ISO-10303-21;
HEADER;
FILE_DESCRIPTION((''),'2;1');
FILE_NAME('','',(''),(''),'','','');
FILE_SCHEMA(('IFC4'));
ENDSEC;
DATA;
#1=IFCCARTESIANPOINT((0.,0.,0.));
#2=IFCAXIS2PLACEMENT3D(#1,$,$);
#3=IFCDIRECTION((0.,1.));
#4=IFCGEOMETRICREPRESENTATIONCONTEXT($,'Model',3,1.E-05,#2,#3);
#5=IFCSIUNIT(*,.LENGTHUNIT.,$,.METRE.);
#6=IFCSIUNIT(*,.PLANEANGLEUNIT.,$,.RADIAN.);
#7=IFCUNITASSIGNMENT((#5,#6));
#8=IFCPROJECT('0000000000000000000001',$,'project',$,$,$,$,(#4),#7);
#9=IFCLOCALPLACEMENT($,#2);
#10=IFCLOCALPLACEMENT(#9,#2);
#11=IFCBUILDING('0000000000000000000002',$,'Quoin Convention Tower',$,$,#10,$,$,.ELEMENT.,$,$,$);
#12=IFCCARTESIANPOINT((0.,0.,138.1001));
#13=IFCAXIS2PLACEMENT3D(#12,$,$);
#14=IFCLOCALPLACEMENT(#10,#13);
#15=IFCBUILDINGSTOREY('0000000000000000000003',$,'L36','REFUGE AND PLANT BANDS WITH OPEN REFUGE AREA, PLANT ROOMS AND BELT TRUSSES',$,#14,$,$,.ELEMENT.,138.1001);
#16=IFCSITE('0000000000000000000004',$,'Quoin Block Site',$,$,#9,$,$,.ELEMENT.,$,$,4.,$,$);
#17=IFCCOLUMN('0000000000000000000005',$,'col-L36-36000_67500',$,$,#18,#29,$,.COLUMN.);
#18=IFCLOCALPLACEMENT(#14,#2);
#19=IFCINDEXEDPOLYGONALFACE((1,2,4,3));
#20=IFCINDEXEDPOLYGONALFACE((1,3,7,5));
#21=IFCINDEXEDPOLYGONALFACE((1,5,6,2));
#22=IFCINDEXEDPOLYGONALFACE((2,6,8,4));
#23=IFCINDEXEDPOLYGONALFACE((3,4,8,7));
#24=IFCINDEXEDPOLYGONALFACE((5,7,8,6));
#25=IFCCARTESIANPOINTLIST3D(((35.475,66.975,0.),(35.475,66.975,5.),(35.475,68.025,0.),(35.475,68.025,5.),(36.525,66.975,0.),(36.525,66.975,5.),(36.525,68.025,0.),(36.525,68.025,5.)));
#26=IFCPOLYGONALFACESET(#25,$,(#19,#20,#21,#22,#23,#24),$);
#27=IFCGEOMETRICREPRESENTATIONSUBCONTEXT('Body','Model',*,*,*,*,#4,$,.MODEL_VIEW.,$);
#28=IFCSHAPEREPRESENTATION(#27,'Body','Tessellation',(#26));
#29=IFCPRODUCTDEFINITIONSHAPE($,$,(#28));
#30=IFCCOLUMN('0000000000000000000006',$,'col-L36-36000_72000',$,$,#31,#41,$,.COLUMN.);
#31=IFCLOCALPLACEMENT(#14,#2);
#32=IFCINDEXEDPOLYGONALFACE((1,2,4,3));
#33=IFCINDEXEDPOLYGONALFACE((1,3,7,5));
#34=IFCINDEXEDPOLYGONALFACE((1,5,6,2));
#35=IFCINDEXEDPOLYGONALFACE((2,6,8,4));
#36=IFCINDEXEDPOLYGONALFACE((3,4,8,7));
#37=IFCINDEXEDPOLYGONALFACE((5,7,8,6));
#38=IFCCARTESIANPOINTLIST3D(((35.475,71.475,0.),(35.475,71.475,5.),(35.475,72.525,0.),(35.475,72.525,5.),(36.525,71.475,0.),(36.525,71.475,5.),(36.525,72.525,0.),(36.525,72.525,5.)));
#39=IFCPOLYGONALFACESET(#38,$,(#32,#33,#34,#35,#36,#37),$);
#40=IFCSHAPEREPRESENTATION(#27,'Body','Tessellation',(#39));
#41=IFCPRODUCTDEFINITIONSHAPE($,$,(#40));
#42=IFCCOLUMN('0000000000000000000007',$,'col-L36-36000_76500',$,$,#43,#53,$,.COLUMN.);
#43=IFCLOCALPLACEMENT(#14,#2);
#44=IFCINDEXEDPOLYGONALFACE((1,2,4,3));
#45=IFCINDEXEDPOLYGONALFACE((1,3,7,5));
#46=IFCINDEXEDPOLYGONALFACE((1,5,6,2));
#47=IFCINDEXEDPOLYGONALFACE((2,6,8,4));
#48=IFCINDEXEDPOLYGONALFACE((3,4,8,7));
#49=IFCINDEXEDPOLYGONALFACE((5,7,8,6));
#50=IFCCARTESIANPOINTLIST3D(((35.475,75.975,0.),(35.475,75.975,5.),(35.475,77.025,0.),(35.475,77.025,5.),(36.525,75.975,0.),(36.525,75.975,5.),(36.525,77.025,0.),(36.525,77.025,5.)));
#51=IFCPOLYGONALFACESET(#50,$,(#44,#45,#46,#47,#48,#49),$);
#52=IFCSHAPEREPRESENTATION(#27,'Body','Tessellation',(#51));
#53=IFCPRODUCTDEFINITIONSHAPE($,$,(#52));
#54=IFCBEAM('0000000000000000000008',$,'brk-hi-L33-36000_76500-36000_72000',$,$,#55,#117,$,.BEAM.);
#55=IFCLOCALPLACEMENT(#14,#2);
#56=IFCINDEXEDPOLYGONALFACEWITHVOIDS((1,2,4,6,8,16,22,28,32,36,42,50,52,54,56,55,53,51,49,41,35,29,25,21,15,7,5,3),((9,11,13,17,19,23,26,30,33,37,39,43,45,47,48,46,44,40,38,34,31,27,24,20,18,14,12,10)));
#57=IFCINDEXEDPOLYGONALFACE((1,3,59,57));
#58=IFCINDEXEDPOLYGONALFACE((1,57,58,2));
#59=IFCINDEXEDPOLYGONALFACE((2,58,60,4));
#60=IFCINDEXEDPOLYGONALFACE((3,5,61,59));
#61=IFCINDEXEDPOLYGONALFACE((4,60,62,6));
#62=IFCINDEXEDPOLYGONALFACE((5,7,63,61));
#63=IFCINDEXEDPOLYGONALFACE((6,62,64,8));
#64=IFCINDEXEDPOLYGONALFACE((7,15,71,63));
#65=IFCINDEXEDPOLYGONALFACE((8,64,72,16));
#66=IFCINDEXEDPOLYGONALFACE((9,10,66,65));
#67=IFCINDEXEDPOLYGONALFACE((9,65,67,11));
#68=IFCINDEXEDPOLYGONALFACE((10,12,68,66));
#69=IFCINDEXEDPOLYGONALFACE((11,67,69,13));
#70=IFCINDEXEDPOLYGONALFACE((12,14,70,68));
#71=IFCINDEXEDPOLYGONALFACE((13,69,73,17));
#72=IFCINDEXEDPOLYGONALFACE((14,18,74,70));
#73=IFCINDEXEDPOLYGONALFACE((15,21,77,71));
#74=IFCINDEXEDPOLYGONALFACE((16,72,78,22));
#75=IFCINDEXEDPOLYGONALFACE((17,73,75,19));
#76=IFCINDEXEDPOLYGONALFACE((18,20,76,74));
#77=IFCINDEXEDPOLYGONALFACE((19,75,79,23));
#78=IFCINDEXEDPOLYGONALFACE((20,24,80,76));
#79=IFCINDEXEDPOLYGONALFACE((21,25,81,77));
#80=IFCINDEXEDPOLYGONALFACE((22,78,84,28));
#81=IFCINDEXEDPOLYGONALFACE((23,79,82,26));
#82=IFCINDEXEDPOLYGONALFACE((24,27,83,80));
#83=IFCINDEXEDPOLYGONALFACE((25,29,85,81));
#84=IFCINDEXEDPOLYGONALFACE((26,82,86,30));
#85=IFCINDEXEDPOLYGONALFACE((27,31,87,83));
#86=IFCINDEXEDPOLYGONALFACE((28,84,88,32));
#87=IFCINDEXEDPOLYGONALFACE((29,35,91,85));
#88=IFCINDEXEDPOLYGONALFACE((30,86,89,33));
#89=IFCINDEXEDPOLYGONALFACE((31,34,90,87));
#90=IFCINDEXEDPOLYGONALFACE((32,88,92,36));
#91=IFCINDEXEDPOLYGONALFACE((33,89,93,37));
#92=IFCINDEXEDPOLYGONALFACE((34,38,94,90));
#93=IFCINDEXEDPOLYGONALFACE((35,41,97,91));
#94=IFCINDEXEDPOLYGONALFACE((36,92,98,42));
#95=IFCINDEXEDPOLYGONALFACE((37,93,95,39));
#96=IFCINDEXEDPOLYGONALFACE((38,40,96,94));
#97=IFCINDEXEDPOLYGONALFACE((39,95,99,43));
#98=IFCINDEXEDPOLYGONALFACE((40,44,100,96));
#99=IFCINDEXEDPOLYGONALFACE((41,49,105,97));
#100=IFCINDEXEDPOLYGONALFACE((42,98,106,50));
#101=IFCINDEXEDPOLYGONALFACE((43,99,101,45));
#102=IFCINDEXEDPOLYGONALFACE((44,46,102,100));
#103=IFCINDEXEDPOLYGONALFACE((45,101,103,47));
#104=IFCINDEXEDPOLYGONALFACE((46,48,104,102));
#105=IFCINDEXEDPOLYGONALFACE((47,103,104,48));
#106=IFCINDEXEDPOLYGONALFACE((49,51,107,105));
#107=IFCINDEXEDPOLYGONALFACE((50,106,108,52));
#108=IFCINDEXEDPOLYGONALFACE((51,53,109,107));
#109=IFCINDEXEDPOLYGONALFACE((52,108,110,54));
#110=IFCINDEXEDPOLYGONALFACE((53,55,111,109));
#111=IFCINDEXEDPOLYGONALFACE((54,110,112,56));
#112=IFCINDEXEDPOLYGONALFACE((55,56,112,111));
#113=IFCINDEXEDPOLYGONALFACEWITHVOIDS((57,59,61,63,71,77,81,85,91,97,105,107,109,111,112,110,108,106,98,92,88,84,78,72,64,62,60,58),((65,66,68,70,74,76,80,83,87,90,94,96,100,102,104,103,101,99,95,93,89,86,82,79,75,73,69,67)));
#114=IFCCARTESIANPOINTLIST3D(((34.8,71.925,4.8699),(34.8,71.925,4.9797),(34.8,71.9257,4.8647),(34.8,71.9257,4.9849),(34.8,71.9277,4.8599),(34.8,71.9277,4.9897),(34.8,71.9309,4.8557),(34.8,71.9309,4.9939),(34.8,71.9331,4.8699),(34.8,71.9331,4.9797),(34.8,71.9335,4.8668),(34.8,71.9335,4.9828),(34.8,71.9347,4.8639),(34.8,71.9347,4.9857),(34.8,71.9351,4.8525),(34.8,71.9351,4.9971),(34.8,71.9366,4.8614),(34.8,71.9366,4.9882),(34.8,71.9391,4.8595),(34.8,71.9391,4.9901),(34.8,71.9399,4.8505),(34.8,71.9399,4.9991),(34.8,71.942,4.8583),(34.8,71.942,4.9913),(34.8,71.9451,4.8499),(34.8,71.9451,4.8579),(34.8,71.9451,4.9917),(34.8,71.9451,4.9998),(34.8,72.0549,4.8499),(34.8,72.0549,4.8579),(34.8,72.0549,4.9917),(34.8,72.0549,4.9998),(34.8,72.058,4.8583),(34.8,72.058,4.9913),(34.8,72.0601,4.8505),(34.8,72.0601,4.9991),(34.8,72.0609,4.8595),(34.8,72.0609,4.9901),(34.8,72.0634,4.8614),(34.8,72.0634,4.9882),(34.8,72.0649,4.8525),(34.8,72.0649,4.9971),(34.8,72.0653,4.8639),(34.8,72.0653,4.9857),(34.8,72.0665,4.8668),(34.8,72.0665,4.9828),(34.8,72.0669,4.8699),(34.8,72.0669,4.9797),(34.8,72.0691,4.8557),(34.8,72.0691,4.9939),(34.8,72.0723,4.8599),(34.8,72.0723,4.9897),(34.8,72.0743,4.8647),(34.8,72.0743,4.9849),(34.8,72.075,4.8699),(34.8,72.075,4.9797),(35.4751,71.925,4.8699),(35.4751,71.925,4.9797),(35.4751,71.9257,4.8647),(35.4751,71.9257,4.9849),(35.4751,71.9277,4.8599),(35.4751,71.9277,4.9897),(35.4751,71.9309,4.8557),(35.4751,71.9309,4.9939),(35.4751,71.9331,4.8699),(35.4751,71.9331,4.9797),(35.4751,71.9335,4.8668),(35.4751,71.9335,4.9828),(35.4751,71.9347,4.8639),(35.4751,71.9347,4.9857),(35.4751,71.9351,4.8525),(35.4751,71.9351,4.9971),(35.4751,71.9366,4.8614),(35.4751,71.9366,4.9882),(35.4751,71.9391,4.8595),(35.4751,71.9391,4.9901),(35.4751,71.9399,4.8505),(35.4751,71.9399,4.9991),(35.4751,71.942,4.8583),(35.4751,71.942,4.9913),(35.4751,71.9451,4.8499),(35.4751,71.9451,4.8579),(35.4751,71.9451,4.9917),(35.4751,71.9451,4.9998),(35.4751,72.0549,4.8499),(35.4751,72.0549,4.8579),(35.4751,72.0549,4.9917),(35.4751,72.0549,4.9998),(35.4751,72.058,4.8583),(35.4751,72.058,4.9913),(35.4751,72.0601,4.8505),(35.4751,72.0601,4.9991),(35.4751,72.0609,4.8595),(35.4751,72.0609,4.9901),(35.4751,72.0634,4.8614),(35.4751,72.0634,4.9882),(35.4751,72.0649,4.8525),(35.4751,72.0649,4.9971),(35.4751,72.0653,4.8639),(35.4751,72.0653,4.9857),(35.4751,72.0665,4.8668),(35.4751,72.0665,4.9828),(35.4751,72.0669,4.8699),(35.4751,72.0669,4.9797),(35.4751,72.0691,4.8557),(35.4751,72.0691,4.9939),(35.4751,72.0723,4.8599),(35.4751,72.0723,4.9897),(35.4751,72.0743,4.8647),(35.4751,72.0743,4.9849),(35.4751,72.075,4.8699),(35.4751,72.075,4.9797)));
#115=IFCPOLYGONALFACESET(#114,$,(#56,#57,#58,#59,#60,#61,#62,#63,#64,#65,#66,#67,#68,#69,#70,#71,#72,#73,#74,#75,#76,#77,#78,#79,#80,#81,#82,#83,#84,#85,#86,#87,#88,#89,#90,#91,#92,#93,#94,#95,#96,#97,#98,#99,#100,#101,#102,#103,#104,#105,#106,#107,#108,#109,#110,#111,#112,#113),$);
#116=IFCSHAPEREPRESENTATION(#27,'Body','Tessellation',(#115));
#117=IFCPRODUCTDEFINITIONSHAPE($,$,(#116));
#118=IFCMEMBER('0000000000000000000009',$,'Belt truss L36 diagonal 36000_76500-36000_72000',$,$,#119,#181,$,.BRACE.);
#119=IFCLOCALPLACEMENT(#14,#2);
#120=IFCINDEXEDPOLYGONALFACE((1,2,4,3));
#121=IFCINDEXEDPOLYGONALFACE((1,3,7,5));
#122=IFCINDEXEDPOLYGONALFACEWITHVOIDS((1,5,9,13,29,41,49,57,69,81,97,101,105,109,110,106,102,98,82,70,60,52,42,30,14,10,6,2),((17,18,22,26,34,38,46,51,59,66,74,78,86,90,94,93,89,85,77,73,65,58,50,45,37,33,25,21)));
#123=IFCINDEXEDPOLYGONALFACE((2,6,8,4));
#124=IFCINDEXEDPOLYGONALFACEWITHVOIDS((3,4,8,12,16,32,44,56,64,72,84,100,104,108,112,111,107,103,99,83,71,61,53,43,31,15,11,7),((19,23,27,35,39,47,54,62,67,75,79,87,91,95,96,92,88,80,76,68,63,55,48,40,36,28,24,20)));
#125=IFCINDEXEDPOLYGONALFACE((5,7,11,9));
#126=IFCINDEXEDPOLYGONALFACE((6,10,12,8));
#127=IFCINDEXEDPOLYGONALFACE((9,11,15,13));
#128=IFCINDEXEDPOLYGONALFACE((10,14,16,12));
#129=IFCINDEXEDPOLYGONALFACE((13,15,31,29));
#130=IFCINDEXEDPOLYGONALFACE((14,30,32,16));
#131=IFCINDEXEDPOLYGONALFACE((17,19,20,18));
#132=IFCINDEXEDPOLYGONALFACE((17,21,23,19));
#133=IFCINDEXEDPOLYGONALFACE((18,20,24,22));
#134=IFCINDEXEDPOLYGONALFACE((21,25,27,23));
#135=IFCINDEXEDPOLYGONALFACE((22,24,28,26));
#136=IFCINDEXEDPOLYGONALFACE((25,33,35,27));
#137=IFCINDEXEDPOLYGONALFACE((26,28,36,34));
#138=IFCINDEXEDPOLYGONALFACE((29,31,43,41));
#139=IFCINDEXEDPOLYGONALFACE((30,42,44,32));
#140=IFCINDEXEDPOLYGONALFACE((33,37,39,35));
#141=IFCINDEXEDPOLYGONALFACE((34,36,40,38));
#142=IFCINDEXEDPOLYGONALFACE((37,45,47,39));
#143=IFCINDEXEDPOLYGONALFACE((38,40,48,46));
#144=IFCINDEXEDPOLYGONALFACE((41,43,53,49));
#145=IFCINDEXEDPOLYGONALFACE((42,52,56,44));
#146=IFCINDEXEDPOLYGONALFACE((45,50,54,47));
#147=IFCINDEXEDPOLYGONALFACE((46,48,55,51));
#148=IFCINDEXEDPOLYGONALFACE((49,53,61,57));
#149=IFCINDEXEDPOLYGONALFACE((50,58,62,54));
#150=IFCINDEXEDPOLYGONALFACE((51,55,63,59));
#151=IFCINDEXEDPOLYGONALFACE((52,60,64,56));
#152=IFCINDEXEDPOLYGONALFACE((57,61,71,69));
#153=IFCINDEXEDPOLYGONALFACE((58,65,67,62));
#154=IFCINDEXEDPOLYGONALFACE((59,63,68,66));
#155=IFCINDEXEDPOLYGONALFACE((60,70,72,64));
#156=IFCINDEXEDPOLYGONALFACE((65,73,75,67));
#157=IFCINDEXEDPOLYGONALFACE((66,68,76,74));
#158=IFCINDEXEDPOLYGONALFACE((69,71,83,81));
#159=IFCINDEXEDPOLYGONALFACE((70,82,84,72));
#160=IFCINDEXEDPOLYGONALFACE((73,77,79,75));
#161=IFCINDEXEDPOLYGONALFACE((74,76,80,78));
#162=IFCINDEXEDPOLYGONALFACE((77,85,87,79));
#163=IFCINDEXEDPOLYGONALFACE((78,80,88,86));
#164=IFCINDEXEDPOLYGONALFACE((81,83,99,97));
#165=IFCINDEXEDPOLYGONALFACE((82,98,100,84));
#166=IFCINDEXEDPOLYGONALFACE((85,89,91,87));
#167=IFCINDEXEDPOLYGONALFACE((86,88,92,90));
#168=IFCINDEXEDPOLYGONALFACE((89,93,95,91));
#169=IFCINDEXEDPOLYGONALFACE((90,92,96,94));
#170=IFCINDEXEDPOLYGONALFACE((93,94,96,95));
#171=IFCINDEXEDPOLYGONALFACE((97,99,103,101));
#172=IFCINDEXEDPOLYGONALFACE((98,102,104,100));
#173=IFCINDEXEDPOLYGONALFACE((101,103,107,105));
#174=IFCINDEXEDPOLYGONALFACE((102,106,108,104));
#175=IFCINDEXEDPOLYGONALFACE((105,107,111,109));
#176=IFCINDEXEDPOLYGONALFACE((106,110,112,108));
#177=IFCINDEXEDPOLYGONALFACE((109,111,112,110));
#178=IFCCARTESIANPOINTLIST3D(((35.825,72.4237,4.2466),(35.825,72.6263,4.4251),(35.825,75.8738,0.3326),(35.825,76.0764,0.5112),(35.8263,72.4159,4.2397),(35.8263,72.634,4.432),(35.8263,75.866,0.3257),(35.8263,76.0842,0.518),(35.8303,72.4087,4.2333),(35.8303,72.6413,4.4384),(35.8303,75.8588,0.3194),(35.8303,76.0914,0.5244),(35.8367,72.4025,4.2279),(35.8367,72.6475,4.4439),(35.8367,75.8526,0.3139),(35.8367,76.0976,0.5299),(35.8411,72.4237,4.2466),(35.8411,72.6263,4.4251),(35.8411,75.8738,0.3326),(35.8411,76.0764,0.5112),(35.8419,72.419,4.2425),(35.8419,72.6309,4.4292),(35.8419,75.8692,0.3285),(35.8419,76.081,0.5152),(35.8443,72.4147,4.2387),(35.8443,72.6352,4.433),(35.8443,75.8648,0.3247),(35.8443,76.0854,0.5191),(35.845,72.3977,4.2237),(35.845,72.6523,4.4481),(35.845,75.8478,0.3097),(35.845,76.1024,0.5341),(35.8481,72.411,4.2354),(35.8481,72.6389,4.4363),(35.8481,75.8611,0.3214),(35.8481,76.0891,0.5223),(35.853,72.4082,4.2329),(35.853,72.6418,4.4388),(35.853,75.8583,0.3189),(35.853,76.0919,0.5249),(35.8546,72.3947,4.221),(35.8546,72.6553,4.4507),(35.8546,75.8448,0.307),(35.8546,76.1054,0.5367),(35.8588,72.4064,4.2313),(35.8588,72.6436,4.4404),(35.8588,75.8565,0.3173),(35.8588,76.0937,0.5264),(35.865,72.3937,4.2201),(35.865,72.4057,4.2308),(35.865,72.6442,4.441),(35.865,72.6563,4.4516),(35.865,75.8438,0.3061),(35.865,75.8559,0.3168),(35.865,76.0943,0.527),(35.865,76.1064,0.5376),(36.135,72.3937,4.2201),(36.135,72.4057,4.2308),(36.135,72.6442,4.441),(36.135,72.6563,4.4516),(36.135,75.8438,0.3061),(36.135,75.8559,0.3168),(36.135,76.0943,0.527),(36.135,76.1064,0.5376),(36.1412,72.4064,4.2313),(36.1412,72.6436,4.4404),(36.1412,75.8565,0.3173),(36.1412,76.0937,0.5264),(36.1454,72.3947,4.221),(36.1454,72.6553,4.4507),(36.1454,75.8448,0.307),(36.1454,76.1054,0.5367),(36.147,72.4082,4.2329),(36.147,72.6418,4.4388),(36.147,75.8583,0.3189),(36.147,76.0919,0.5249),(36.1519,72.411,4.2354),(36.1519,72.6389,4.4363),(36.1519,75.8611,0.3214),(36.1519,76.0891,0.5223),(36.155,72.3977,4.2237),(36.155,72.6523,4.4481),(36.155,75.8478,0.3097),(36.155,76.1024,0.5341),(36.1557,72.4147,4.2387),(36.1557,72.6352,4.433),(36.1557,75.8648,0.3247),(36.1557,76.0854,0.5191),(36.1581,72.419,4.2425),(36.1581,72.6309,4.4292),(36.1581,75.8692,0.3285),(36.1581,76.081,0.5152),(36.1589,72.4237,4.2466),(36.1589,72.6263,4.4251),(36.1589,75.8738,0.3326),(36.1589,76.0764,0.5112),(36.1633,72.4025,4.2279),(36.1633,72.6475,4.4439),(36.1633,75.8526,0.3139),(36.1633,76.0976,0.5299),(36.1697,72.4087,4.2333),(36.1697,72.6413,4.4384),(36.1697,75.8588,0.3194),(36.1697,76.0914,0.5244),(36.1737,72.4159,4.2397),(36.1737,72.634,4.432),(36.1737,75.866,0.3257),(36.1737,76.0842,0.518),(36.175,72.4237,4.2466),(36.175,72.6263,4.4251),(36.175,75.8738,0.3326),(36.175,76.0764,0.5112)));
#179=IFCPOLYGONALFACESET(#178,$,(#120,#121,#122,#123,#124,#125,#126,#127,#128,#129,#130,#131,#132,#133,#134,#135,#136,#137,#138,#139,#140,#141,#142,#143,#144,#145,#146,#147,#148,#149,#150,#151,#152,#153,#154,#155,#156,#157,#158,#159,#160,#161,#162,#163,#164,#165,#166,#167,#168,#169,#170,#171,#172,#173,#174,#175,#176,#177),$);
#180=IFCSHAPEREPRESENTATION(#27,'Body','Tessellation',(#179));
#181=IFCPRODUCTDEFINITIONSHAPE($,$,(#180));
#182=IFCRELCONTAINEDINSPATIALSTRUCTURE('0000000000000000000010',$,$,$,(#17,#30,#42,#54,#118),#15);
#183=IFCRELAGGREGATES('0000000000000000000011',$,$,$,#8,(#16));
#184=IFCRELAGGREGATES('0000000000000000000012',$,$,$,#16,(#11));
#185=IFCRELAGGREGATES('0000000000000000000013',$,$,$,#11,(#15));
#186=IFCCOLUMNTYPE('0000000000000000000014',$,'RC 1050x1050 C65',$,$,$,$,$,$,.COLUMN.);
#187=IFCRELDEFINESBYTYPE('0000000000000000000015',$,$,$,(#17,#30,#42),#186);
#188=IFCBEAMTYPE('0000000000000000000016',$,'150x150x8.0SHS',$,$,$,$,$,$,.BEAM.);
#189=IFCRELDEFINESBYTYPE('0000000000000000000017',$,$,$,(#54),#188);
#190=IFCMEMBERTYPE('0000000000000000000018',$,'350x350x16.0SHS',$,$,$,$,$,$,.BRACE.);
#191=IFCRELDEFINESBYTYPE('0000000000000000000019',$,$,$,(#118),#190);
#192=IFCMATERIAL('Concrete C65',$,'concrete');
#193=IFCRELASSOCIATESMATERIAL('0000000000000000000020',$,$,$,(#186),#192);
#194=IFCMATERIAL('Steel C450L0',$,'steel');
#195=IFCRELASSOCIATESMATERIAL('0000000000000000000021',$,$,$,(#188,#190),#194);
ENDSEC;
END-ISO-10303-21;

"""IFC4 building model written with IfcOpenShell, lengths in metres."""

from ifc_helpers import new_model, si_unit, direction, frame, origin, origin_2d, place, context, subcontext, project, spatial, rectangle, hollow_rectangle, extrude, material, material_profile, profile_set, type_object, element, save


model = new_model("IFC4")

# Units and contexts
model_context = context("Model", 3, precision=1e-05, world=origin(), true_north=direction((0.0, 1.0)))
body_context = subcontext(model_context, "Body", "Model", "MODEL_VIEW")
ifc_project = project(units=[si_unit("LENGTHUNIT", "METRE"), si_unit("PLANEANGLEUNIT", "RADIAN")], contexts=[model_context])

# Site, building, storey
site_placement = place(None, origin())
site = spatial("IfcSite", under=ifc_project, at=site_placement, Name="Quoin Block Site", CompositionType="ELEMENT", RefElevation=4.0)
building_placement = place(site_placement, origin())
building = spatial("IfcBuilding", under=site, at=building_placement, Name="Quoin Convention Tower", CompositionType="ELEMENT")
storey_placement = place(building_placement, frame((0.0, 0.0, 138.1001)))
storey = spatial("IfcBuildingStorey", under=building, at=storey_placement, Name="L36", Description="REFUGE AND PLANT BANDS WITH OPEN REFUGE AREA, PLANT ROOMS AND BELT TRUSSES", CompositionType="ELEMENT", Elevation=138.1001)

# Columns
ifc_material_1 = material(Name="Concrete C65", Category="concrete")
ifc_material_profile_1 = material_profile(ifc_material_1, rectangle(XDim=1.05, YDim=1.05, at=origin_2d()), Name="RC 1050x1050")
ifc_profile_set_1 = profile_set([ifc_material_profile_1], Name="Concrete C65")
column_type = type_object("IfcColumnType", Name="RC 1050x1050 C65", PredefinedType="COLUMN", material=ifc_profile_set_1)
for number, where, z_axis, x_axis, name in (
    (1, (36.0, 67.5, 0.0), (0.0, 0.0, 1.0), (1.0, 0.0, 0.0), "col-L36-36000_67500"),
    (2, (36.0, 72.0, 0.0), (0.0, 0.0, 1.0), (1.0, 0.0, 0.0), "col-L36-36000_72000"),
    (3, (36.0, 76.5, 0.0), (0.0, 0.0, 1.0), (1.0, 0.0, 0.0), "col-L36-36000_76500"),
):
    element("IfcColumn", number, at=place(storey_placement, frame(where, z_axis=z_axis, x_axis=x_axis)), inside=storey, type_object=column_type, Name=name, PredefinedType="COLUMN", context=body_context, shape_type="SweptSolid", body=[
        extrude(rectangle(XDim=1.05, YDim=1.05, at=origin_2d()), origin(), (0.0, 0.0, 1.0), 5.0),
    ])

# Beam
ifc_material_2 = material(Name="Steel C450L0", Category="steel")
ifc_material_profile_2 = material_profile(ifc_material_2, hollow_rectangle(XDim=0.1499, YDim=0.1499, WallThickness=0.0081, InnerFilletRadius=0.012, OuterFilletRadius=0.02, at=origin_2d()), Name="150x150x8.0SHS")
ifc_profile_set_2 = profile_set([ifc_material_profile_2], Name="Steel C450L0")
beam_type_1 = type_object("IfcBeamType", Name="150x150x8.0SHS", PredefinedType="BEAM", material=ifc_profile_set_2)
beam_1_placement = place(storey_placement, frame((35.4751, 72.0, 4.9248), z_axis=(-1.0, 0.0, 0.0), x_axis=(0.0, -1.0, 0.0)))
element("IfcBeam", 4, at=beam_1_placement, inside=storey, type_object=beam_type_1, Name="brk-hi-L33-36000_76500-36000_72000", PredefinedType="BEAM", context=body_context, shape_type="SweptSolid", body=[
    extrude(hollow_rectangle(XDim=0.1499, YDim=0.1499, WallThickness=0.0081, InnerFilletRadius=0.012, OuterFilletRadius=0.02, at=origin_2d()), origin(), (0.0, 0.0, 1.0), 0.675),
])

# Member
ifc_material_profile_3 = material_profile(ifc_material_2, hollow_rectangle(XDim=0.3501, YDim=0.3501, WallThickness=0.0161, InnerFilletRadius=0.0239, OuterFilletRadius=0.04, at=origin_2d()), Name="350x350x16.0SHS")
ifc_profile_set_3 = profile_set([ifc_material_profile_3], Name="Steel C450L0")
member_type_1 = type_object("IfcMemberType", Name="350x350x16.0SHS", PredefinedType="BRACE", material=ifc_profile_set_3)
for number, where, z_axis, x_axis, name in (
    (5, (36.0, 75.9751, 0.4219), (0.0, -0.661256, 0.75016), (1.0, 0.0, 0.0), "Belt truss L36 diagonal 36000_76500-36000_72000"),
):
    element("IfcMember", number, at=place(storey_placement, frame(where, z_axis=z_axis, x_axis=x_axis)), inside=storey, type_object=member_type_1, Name=name, PredefinedType="BRACE", context=body_context, shape_type="SweptSolid", body=[
        extrude(hollow_rectangle(XDim=0.3501, YDim=0.3501, WallThickness=0.0161, InnerFilletRadius=0.0239, OuterFilletRadius=0.04, at=origin_2d()), origin(), (0.0, 0.0, 1.0), 5.2175),
    ])

save(model, "model.ifc")
